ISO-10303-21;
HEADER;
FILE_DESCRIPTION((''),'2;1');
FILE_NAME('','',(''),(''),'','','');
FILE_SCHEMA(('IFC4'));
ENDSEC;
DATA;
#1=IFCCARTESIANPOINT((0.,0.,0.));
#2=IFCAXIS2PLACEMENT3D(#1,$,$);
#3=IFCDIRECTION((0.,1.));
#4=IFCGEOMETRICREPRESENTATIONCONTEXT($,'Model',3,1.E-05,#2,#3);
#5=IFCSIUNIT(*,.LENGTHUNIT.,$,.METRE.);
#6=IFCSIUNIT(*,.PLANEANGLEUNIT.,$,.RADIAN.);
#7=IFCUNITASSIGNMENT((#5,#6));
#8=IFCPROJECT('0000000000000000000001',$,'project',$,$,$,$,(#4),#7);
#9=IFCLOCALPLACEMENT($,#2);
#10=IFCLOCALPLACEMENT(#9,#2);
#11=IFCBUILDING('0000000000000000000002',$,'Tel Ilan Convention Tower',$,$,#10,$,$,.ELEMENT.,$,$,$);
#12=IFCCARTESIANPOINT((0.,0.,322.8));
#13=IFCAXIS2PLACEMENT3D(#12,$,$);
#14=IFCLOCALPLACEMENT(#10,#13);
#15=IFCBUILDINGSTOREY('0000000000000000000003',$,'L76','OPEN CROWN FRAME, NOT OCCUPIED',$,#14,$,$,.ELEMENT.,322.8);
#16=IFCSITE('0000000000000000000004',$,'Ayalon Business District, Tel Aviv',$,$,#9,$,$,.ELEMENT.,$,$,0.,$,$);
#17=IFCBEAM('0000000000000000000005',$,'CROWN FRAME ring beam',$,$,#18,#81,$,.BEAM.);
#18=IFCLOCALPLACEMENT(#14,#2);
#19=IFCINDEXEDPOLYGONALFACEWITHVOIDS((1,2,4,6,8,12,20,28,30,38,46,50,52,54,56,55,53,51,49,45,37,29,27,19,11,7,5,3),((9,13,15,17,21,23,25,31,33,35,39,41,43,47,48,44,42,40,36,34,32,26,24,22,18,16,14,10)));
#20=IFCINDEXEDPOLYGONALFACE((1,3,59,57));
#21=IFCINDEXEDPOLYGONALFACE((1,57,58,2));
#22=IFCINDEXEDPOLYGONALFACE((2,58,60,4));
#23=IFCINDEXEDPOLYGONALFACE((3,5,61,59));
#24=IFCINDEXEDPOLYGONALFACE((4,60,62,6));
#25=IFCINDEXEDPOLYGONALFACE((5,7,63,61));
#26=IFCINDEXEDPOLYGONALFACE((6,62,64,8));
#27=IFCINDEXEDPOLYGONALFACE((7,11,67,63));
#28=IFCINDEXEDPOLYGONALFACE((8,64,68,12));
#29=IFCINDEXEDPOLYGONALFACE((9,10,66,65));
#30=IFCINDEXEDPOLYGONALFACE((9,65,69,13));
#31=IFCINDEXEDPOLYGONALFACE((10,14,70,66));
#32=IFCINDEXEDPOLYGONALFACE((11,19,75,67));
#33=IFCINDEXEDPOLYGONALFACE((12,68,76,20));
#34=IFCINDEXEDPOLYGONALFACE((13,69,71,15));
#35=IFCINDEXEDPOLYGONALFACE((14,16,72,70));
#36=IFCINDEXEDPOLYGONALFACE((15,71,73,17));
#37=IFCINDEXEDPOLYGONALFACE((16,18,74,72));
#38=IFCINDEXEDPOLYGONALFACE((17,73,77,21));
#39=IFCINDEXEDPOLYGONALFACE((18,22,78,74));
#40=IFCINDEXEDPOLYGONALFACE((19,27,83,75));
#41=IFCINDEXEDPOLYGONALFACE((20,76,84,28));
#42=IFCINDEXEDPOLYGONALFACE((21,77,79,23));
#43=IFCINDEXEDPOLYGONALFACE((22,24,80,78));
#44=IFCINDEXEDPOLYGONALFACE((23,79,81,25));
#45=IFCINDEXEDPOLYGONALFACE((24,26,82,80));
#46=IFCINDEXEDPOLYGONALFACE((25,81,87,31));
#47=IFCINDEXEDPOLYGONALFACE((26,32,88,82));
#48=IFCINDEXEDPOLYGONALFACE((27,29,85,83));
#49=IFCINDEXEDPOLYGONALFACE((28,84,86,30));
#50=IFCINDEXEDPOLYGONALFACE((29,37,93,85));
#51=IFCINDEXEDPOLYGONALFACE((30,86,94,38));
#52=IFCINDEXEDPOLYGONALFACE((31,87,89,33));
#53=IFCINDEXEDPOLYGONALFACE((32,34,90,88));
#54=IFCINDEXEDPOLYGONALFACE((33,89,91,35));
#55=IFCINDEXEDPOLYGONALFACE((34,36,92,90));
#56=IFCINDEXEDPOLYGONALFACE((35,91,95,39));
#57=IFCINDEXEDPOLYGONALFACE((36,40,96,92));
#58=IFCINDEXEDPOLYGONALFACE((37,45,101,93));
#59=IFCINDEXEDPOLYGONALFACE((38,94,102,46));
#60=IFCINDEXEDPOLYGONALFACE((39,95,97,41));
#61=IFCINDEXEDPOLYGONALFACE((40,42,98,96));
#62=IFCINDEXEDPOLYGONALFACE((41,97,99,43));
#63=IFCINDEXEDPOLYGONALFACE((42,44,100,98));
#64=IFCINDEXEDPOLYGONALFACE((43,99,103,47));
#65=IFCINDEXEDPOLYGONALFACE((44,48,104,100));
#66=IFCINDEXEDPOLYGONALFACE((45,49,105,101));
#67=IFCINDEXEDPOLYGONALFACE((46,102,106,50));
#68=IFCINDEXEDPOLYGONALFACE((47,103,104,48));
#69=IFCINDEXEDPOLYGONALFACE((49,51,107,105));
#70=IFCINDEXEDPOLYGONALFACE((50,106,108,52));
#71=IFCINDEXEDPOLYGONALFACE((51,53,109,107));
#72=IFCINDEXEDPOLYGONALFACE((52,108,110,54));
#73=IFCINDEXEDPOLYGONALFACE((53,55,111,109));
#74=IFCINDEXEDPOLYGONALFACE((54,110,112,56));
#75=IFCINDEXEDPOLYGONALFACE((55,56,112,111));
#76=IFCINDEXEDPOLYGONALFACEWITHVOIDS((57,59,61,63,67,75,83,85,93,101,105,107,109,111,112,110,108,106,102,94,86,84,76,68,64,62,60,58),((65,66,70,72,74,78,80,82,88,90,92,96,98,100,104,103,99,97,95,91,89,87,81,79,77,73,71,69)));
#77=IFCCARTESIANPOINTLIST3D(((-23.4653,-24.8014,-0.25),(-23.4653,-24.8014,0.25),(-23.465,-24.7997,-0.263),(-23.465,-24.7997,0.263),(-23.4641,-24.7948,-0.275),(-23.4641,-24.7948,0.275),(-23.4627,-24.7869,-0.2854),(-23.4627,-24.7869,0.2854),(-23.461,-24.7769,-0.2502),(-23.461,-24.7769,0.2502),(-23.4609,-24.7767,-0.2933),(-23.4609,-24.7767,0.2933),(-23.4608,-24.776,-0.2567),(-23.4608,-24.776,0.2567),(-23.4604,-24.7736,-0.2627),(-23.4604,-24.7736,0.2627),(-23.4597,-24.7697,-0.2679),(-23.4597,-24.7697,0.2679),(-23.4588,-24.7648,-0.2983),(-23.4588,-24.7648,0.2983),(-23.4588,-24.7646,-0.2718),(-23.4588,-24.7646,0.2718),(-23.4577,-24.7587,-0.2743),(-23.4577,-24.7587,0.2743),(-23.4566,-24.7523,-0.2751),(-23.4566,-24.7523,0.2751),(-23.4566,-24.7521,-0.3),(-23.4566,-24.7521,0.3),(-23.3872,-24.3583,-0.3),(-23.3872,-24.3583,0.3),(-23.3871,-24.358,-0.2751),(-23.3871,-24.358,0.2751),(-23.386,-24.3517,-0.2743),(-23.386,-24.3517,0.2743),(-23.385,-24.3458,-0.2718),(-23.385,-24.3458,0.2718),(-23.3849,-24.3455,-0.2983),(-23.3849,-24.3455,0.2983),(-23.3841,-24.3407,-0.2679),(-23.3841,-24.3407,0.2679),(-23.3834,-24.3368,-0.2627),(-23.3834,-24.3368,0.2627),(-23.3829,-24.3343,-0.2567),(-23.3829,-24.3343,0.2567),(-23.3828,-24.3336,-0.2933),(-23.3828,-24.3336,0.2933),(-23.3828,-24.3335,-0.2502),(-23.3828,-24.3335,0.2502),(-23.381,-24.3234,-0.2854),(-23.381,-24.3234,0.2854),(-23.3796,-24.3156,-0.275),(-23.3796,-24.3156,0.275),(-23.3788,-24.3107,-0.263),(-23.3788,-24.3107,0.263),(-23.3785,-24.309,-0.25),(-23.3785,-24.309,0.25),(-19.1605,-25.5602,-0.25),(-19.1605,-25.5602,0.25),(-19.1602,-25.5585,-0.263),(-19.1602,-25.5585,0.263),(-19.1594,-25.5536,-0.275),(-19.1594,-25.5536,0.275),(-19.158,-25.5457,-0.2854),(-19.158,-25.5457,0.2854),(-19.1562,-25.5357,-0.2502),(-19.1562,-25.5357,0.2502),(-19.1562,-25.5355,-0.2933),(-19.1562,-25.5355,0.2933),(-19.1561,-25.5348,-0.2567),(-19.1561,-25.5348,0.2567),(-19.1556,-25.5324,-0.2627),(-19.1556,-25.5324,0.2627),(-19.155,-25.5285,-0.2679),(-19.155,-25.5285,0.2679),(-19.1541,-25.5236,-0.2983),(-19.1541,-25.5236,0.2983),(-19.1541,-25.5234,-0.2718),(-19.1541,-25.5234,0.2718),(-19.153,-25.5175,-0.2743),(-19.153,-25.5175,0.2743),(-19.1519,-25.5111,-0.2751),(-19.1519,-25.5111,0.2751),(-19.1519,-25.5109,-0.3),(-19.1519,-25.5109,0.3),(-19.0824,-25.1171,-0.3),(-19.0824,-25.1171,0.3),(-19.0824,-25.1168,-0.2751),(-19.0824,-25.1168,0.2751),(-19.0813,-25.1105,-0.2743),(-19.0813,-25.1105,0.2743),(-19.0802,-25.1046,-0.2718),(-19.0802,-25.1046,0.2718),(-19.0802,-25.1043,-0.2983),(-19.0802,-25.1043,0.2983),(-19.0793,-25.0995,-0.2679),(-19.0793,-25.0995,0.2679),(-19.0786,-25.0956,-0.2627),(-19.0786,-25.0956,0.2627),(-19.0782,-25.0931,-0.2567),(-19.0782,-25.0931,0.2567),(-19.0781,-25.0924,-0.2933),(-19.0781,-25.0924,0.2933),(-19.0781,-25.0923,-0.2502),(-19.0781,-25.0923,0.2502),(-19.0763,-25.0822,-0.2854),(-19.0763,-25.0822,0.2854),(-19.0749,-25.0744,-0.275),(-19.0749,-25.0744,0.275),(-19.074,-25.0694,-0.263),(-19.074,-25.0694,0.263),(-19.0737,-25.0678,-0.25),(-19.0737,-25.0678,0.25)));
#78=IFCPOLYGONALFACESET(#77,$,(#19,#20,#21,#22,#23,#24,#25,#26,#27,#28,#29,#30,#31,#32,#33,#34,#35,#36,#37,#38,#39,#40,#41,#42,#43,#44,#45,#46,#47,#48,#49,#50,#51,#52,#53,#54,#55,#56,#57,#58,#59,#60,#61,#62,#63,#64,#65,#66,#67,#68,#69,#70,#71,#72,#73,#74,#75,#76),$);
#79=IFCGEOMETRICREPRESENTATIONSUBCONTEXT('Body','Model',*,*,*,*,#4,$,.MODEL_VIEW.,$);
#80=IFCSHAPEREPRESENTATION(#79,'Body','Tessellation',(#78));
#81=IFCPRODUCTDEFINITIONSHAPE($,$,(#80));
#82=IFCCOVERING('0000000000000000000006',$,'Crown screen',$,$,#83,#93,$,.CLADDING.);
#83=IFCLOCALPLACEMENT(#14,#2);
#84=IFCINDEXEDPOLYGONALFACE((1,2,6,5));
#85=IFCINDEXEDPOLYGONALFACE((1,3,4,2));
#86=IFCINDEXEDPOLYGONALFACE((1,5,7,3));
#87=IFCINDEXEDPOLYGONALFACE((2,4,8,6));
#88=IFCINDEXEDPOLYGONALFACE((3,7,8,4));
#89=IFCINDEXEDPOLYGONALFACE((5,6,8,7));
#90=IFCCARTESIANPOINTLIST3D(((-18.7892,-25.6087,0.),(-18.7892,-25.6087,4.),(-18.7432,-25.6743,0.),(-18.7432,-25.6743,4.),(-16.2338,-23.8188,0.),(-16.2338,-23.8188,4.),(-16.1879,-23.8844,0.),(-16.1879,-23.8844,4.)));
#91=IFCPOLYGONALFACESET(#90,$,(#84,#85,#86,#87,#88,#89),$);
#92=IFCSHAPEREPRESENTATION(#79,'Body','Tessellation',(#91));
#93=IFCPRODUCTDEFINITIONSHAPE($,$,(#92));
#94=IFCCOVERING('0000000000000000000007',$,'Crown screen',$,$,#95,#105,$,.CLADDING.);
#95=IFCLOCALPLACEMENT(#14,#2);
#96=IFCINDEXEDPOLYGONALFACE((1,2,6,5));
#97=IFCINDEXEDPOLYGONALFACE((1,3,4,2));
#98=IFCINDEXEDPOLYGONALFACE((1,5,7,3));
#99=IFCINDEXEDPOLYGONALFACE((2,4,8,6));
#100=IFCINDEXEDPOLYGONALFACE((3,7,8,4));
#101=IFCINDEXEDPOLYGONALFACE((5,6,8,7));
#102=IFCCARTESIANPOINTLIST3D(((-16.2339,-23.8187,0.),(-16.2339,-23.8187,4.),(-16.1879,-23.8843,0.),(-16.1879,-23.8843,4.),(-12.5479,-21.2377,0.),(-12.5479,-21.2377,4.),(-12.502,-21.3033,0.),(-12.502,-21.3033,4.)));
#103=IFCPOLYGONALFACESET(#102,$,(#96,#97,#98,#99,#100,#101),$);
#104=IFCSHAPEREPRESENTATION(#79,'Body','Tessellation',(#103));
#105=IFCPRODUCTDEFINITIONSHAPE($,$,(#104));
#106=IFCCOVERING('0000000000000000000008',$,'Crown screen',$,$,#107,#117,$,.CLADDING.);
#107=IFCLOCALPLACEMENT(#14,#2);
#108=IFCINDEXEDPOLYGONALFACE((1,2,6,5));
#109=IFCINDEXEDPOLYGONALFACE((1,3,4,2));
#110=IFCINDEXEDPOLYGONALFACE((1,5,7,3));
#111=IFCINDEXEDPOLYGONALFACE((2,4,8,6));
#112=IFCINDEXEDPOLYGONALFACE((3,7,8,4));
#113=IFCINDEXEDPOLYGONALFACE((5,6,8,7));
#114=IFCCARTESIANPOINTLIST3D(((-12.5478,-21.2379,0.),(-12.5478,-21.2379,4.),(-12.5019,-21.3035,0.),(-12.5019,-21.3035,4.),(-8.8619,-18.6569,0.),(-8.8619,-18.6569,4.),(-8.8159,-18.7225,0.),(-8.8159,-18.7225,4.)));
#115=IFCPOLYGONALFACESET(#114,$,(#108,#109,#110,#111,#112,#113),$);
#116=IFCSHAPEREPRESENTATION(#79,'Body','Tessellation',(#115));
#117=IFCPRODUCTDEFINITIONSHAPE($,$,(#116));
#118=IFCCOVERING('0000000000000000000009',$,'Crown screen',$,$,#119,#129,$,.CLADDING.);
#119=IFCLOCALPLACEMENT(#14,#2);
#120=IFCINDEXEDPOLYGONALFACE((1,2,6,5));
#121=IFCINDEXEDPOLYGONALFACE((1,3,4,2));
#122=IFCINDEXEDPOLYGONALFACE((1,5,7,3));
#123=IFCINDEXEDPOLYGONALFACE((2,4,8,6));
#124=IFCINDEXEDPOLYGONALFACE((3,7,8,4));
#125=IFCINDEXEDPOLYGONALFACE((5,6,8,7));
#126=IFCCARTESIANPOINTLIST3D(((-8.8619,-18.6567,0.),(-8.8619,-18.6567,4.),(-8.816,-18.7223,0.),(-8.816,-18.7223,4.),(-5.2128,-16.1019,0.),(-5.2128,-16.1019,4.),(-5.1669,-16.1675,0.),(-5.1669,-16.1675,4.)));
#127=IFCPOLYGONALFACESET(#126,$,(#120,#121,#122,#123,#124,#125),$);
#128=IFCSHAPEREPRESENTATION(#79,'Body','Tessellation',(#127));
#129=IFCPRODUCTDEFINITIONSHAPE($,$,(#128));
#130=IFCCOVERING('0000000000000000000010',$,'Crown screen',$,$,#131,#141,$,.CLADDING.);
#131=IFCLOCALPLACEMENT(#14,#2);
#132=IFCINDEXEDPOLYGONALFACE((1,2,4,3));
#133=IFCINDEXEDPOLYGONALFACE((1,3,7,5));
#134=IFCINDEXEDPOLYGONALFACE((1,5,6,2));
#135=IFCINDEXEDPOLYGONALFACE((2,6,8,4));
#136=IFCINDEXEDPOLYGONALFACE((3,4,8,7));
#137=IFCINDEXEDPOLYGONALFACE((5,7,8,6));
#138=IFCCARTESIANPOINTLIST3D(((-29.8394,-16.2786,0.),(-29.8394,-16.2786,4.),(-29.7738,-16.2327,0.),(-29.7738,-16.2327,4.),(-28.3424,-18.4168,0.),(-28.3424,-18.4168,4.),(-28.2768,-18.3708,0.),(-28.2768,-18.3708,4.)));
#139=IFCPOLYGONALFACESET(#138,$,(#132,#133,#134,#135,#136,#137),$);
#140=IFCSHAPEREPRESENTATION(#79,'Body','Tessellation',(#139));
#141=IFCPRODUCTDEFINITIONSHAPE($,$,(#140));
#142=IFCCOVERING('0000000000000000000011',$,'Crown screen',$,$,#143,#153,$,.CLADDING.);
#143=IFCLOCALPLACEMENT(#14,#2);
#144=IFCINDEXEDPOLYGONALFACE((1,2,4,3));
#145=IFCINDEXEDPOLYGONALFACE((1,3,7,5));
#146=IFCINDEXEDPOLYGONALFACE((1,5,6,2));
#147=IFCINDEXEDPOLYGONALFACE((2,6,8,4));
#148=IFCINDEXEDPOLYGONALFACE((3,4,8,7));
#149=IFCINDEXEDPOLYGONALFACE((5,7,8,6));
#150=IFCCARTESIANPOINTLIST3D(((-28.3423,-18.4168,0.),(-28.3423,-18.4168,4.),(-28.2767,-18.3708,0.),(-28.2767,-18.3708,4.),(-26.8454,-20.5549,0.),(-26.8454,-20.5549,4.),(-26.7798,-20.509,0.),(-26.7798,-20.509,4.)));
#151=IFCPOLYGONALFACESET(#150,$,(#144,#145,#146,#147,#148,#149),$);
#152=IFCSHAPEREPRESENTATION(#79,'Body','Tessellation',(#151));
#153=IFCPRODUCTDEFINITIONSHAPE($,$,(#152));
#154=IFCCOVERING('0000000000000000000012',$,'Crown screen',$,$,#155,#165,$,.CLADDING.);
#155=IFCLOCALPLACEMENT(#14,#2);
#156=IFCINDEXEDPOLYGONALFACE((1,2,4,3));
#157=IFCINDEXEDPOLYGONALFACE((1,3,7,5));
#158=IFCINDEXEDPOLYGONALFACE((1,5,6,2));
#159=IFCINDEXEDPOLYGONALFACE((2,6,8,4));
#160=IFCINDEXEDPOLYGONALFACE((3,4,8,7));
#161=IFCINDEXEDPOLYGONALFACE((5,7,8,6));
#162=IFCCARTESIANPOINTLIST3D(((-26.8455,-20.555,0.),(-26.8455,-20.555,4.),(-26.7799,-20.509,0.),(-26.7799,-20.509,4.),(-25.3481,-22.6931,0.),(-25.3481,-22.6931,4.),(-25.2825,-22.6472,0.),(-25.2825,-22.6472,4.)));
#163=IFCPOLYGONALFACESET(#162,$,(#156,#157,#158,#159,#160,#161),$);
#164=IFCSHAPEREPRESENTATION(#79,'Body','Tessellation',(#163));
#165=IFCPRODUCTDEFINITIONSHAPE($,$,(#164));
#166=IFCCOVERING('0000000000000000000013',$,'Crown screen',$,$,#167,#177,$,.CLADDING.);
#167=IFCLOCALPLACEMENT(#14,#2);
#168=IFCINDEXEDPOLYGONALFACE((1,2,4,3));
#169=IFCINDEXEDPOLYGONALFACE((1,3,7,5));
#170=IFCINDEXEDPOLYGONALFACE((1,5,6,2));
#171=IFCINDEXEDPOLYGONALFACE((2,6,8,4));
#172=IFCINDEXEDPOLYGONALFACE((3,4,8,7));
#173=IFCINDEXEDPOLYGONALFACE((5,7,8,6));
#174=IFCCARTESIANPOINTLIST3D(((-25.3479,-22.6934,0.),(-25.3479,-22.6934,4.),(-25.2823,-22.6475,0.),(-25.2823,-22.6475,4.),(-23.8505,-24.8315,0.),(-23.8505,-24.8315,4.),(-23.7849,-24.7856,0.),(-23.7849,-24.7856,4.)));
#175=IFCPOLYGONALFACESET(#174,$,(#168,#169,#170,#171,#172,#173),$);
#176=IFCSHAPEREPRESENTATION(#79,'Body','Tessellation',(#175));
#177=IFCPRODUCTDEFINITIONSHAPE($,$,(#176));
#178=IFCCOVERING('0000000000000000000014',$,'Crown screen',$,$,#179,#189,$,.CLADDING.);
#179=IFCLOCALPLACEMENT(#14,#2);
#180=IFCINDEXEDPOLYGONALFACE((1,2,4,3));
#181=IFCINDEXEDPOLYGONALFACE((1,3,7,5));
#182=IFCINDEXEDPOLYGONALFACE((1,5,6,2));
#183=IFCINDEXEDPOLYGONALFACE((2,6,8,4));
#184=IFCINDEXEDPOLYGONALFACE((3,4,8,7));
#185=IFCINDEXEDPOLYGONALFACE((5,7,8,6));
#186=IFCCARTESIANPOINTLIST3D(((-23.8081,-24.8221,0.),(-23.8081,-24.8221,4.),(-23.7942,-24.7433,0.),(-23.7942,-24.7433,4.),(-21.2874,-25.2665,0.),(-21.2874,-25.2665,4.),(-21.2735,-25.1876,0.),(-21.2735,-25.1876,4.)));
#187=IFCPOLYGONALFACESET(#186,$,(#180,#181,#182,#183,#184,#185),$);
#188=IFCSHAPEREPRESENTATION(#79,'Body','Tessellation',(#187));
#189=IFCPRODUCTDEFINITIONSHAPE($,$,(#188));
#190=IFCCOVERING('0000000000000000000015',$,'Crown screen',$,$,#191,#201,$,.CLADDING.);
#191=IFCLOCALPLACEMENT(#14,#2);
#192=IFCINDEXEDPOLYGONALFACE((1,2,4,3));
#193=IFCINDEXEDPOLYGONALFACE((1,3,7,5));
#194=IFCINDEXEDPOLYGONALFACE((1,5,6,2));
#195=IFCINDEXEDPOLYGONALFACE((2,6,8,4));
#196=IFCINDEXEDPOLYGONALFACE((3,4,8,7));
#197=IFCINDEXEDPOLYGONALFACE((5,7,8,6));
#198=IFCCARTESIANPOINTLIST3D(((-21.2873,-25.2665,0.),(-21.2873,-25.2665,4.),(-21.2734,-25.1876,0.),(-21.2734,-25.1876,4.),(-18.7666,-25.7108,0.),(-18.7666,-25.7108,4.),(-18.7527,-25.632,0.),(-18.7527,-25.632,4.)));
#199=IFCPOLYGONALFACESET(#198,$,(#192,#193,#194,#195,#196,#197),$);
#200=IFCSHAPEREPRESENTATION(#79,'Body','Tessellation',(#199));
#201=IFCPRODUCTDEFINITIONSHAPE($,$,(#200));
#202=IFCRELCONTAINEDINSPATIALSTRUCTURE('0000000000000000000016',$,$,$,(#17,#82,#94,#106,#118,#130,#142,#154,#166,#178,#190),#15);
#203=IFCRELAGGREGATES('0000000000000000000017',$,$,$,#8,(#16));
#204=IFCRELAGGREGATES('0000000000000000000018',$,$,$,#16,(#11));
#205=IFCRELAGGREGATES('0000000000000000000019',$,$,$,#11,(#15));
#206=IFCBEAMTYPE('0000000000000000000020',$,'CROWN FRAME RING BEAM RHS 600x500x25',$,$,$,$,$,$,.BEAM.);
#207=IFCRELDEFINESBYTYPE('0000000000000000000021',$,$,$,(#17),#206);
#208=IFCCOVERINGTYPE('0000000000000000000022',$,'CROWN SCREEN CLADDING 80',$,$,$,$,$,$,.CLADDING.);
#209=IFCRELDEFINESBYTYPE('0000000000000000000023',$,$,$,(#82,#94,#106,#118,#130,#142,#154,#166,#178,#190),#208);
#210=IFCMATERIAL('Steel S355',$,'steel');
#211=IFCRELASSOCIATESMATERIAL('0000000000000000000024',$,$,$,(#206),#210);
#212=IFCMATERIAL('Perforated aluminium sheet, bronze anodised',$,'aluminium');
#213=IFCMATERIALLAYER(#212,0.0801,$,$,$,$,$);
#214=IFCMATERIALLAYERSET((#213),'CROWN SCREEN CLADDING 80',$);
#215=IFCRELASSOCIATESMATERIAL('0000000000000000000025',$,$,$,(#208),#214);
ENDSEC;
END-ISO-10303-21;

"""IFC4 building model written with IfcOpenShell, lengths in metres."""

from ifc_helpers import new_model, si_unit, direction, frame, origin, origin_2d, place, context, subcontext, project, spatial, rectangle, hollow_rectangle, extrude, material, layer, layer_set, material_profile, profile_set, type_object, element, save


model = new_model("IFC4")

# Units and contexts
model_context = context("Model", 3, precision=1e-05, world=origin(), true_north=direction((0.0, 1.0)))
body_context = subcontext(model_context, "Body", "Model", "MODEL_VIEW")
ifc_project = project(units=[si_unit("LENGTHUNIT", "METRE"), si_unit("PLANEANGLEUNIT", "RADIAN")], contexts=[model_context])

# Site, building, storey
site_placement = place(None, origin())
site = spatial("IfcSite", under=ifc_project, at=site_placement, Name="Ayalon Business District, Tel Aviv", CompositionType="ELEMENT", RefElevation=0.0)
building_placement = place(site_placement, origin())
building = spatial("IfcBuilding", under=site, at=building_placement, Name="Tel Ilan Convention Tower", CompositionType="ELEMENT")
storey_placement = place(building_placement, frame((0.0, 0.0, 322.8)))
storey = spatial("IfcBuildingStorey", under=building, at=storey_placement, Name="L76", Description="OPEN CROWN FRAME, NOT OCCUPIED", CompositionType="ELEMENT", Elevation=322.8)

# Beam
ifc_material_1 = material(Name="Steel S355", Category="steel")
ifc_material_profile_1 = material_profile(ifc_material_1, hollow_rectangle(XDim=0.5, YDim=0.6001, WallThickness=0.0249, InnerFilletRadius=0.0249, OuterFilletRadius=0.05, at=origin_2d()), Name="RHS 600x500x25")
ifc_profile_set_1 = profile_set([ifc_material_profile_1], Name="Steel S355")
beam_type = type_object("IfcBeamType", Name="CROWN FRAME RING BEAM RHS 600x500x25", PredefinedType="BEAM", material=ifc_profile_set_1)
beam_1_placement = place(storey_placement, frame((-23.4219, -24.5552, 0.0), z_axis=(0.984817, -0.173594, 0.0), x_axis=(0.173594, 0.984817, 0.0)))
element("IfcBeam", 1, at=beam_1_placement, inside=storey, type_object=beam_type, Name="CROWN FRAME ring beam", PredefinedType="BEAM", context=body_context, shape_type="SweptSolid", body=[
    extrude(hollow_rectangle(XDim=0.5, YDim=0.6001, WallThickness=0.0249, InnerFilletRadius=0.0249, OuterFilletRadius=0.05, at=origin_2d()), origin(), (0.0, 0.0, 1.0), 4.3711),
])

# Coverings
ifc_material_2 = material(Name="Perforated aluminium sheet, bronze anodised", Category="aluminium")
ifc_layer = layer(ifc_material_2, 0.0801)
ifc_layer_set = layer_set([ifc_layer], Name="CROWN SCREEN CLADDING 80")
covering_type = type_object("IfcCoveringType", Name="CROWN SCREEN CLADDING 80", PredefinedType="CLADDING", material=ifc_layer_set)
covering_1_placement = place(storey_placement, frame((-17.4885, -24.7466, 0.0), z_axis=(0.0, 0.0, 1.0), x_axis=(0.81906, 0.573708, 0.0)))
element("IfcCovering", 2, at=covering_1_placement, inside=storey, type_object=covering_type, Name="Crown screen", PredefinedType="CLADDING", context=body_context, shape_type="SweptSolid", body=[
    extrude(rectangle(XDim=3.1199, YDim=0.0801, at=origin_2d()), origin(), (0.0, 0.0, 1.0), 4.0),
])
for number, where, z_axis, x_axis, name in (
    (3, (-14.3679, -22.561, 0.0), (0.0, 0.0, 1.0), (0.819148, 0.573582, 0.0), "Crown screen"),
    (4, (-10.6819, -19.9802, 0.0), (0.0, 0.0, 1.0), (0.819148, 0.573582, 0.0), "Crown screen"),
):
    element("IfcCovering", number, at=place(storey_placement, frame(where, z_axis=z_axis, x_axis=x_axis)), inside=storey, type_object=covering_type, Name=name, PredefinedType="CLADDING", context=body_context, shape_type="SweptSolid", body=[
        extrude(rectangle(XDim=4.4998, YDim=0.0801, at=origin_2d()), origin(), (0.0, 0.0, 1.0), 4.0),
    ])
covering_2_placement = place(storey_placement, frame((-7.0144, -17.4121, 0.0), z_axis=(0.0, 0.0, 1.0), x_axis=(0.819185, 0.573529, 0.0)))
element("IfcCovering", 5, at=covering_2_placement, inside=storey, type_object=covering_type, Name="Crown screen", PredefinedType="CLADDING", context=body_context, shape_type="SweptSolid", body=[
    extrude(rectangle(XDim=4.4546, YDim=0.0801, at=origin_2d()), origin(), (0.0, 0.0, 1.0), 4.0),
])
for number, where, z_axis, x_axis, name in (
    (6, (-29.0581, -17.3247, 0.0), (0.0, 0.0, 1.0), (0.573515, -0.819195, 0.0), "Crown screen"),
    (7, (-27.561, -19.4629, 0.0), (0.0, 0.0, 1.0), (0.573515, -0.819195, 0.0), "Crown screen"),
):
    element("IfcCovering", number, at=place(storey_placement, frame(where, z_axis=z_axis, x_axis=x_axis)), inside=storey, type_object=covering_type, Name=name, PredefinedType="CLADDING", context=body_context, shape_type="SweptSolid", body=[
        extrude(rectangle(XDim=2.6101, YDim=0.0801, at=origin_2d()), origin(), (0.0, 0.0, 1.0), 4.0),
    ])
for number, where, z_axis, x_axis, name in (
    (8, (-26.064, -21.6011, 0.0), (0.0, 0.0, 1.0), (0.573647, -0.819103, 0.0), "Crown screen"),
    (9, (-24.5664, -23.7395, 0.0), (0.0, 0.0, 1.0), (0.573647, -0.819103, 0.0), "Crown screen"),
):
    element("IfcCovering", number, at=place(storey_placement, frame(where, z_axis=z_axis, x_axis=x_axis)), inside=storey, type_object=covering_type, Name=name, PredefinedType="CLADDING", context=body_context, shape_type="SweptSolid", body=[
        extrude(rectangle(XDim=2.6104, YDim=0.0801, at=origin_2d()), origin(), (0.0, 0.0, 1.0), 4.0),
    ])
for number, where, z_axis, x_axis, name in (
    (10, (-22.5408, -25.0049, 0.0), (0.0, 0.0, 1.0), (0.984817, -0.173598, 0.0), "Crown screen"),
    (11, (-20.02, -25.4492, 0.0), (0.0, 0.0, 1.0), (0.984817, -0.173598, 0.0), "Crown screen"),
):
    element("IfcCovering", number, at=place(storey_placement, frame(where, z_axis=z_axis, x_axis=x_axis)), inside=storey, type_object=covering_type, Name=name, PredefinedType="CLADDING", context=body_context, shape_type="SweptSolid", body=[
        extrude(rectangle(XDim=2.5596, YDim=0.0801, at=origin_2d()), origin(), (0.0, 0.0, 1.0), 4.0),
    ])

save(model, "model.ifc")
